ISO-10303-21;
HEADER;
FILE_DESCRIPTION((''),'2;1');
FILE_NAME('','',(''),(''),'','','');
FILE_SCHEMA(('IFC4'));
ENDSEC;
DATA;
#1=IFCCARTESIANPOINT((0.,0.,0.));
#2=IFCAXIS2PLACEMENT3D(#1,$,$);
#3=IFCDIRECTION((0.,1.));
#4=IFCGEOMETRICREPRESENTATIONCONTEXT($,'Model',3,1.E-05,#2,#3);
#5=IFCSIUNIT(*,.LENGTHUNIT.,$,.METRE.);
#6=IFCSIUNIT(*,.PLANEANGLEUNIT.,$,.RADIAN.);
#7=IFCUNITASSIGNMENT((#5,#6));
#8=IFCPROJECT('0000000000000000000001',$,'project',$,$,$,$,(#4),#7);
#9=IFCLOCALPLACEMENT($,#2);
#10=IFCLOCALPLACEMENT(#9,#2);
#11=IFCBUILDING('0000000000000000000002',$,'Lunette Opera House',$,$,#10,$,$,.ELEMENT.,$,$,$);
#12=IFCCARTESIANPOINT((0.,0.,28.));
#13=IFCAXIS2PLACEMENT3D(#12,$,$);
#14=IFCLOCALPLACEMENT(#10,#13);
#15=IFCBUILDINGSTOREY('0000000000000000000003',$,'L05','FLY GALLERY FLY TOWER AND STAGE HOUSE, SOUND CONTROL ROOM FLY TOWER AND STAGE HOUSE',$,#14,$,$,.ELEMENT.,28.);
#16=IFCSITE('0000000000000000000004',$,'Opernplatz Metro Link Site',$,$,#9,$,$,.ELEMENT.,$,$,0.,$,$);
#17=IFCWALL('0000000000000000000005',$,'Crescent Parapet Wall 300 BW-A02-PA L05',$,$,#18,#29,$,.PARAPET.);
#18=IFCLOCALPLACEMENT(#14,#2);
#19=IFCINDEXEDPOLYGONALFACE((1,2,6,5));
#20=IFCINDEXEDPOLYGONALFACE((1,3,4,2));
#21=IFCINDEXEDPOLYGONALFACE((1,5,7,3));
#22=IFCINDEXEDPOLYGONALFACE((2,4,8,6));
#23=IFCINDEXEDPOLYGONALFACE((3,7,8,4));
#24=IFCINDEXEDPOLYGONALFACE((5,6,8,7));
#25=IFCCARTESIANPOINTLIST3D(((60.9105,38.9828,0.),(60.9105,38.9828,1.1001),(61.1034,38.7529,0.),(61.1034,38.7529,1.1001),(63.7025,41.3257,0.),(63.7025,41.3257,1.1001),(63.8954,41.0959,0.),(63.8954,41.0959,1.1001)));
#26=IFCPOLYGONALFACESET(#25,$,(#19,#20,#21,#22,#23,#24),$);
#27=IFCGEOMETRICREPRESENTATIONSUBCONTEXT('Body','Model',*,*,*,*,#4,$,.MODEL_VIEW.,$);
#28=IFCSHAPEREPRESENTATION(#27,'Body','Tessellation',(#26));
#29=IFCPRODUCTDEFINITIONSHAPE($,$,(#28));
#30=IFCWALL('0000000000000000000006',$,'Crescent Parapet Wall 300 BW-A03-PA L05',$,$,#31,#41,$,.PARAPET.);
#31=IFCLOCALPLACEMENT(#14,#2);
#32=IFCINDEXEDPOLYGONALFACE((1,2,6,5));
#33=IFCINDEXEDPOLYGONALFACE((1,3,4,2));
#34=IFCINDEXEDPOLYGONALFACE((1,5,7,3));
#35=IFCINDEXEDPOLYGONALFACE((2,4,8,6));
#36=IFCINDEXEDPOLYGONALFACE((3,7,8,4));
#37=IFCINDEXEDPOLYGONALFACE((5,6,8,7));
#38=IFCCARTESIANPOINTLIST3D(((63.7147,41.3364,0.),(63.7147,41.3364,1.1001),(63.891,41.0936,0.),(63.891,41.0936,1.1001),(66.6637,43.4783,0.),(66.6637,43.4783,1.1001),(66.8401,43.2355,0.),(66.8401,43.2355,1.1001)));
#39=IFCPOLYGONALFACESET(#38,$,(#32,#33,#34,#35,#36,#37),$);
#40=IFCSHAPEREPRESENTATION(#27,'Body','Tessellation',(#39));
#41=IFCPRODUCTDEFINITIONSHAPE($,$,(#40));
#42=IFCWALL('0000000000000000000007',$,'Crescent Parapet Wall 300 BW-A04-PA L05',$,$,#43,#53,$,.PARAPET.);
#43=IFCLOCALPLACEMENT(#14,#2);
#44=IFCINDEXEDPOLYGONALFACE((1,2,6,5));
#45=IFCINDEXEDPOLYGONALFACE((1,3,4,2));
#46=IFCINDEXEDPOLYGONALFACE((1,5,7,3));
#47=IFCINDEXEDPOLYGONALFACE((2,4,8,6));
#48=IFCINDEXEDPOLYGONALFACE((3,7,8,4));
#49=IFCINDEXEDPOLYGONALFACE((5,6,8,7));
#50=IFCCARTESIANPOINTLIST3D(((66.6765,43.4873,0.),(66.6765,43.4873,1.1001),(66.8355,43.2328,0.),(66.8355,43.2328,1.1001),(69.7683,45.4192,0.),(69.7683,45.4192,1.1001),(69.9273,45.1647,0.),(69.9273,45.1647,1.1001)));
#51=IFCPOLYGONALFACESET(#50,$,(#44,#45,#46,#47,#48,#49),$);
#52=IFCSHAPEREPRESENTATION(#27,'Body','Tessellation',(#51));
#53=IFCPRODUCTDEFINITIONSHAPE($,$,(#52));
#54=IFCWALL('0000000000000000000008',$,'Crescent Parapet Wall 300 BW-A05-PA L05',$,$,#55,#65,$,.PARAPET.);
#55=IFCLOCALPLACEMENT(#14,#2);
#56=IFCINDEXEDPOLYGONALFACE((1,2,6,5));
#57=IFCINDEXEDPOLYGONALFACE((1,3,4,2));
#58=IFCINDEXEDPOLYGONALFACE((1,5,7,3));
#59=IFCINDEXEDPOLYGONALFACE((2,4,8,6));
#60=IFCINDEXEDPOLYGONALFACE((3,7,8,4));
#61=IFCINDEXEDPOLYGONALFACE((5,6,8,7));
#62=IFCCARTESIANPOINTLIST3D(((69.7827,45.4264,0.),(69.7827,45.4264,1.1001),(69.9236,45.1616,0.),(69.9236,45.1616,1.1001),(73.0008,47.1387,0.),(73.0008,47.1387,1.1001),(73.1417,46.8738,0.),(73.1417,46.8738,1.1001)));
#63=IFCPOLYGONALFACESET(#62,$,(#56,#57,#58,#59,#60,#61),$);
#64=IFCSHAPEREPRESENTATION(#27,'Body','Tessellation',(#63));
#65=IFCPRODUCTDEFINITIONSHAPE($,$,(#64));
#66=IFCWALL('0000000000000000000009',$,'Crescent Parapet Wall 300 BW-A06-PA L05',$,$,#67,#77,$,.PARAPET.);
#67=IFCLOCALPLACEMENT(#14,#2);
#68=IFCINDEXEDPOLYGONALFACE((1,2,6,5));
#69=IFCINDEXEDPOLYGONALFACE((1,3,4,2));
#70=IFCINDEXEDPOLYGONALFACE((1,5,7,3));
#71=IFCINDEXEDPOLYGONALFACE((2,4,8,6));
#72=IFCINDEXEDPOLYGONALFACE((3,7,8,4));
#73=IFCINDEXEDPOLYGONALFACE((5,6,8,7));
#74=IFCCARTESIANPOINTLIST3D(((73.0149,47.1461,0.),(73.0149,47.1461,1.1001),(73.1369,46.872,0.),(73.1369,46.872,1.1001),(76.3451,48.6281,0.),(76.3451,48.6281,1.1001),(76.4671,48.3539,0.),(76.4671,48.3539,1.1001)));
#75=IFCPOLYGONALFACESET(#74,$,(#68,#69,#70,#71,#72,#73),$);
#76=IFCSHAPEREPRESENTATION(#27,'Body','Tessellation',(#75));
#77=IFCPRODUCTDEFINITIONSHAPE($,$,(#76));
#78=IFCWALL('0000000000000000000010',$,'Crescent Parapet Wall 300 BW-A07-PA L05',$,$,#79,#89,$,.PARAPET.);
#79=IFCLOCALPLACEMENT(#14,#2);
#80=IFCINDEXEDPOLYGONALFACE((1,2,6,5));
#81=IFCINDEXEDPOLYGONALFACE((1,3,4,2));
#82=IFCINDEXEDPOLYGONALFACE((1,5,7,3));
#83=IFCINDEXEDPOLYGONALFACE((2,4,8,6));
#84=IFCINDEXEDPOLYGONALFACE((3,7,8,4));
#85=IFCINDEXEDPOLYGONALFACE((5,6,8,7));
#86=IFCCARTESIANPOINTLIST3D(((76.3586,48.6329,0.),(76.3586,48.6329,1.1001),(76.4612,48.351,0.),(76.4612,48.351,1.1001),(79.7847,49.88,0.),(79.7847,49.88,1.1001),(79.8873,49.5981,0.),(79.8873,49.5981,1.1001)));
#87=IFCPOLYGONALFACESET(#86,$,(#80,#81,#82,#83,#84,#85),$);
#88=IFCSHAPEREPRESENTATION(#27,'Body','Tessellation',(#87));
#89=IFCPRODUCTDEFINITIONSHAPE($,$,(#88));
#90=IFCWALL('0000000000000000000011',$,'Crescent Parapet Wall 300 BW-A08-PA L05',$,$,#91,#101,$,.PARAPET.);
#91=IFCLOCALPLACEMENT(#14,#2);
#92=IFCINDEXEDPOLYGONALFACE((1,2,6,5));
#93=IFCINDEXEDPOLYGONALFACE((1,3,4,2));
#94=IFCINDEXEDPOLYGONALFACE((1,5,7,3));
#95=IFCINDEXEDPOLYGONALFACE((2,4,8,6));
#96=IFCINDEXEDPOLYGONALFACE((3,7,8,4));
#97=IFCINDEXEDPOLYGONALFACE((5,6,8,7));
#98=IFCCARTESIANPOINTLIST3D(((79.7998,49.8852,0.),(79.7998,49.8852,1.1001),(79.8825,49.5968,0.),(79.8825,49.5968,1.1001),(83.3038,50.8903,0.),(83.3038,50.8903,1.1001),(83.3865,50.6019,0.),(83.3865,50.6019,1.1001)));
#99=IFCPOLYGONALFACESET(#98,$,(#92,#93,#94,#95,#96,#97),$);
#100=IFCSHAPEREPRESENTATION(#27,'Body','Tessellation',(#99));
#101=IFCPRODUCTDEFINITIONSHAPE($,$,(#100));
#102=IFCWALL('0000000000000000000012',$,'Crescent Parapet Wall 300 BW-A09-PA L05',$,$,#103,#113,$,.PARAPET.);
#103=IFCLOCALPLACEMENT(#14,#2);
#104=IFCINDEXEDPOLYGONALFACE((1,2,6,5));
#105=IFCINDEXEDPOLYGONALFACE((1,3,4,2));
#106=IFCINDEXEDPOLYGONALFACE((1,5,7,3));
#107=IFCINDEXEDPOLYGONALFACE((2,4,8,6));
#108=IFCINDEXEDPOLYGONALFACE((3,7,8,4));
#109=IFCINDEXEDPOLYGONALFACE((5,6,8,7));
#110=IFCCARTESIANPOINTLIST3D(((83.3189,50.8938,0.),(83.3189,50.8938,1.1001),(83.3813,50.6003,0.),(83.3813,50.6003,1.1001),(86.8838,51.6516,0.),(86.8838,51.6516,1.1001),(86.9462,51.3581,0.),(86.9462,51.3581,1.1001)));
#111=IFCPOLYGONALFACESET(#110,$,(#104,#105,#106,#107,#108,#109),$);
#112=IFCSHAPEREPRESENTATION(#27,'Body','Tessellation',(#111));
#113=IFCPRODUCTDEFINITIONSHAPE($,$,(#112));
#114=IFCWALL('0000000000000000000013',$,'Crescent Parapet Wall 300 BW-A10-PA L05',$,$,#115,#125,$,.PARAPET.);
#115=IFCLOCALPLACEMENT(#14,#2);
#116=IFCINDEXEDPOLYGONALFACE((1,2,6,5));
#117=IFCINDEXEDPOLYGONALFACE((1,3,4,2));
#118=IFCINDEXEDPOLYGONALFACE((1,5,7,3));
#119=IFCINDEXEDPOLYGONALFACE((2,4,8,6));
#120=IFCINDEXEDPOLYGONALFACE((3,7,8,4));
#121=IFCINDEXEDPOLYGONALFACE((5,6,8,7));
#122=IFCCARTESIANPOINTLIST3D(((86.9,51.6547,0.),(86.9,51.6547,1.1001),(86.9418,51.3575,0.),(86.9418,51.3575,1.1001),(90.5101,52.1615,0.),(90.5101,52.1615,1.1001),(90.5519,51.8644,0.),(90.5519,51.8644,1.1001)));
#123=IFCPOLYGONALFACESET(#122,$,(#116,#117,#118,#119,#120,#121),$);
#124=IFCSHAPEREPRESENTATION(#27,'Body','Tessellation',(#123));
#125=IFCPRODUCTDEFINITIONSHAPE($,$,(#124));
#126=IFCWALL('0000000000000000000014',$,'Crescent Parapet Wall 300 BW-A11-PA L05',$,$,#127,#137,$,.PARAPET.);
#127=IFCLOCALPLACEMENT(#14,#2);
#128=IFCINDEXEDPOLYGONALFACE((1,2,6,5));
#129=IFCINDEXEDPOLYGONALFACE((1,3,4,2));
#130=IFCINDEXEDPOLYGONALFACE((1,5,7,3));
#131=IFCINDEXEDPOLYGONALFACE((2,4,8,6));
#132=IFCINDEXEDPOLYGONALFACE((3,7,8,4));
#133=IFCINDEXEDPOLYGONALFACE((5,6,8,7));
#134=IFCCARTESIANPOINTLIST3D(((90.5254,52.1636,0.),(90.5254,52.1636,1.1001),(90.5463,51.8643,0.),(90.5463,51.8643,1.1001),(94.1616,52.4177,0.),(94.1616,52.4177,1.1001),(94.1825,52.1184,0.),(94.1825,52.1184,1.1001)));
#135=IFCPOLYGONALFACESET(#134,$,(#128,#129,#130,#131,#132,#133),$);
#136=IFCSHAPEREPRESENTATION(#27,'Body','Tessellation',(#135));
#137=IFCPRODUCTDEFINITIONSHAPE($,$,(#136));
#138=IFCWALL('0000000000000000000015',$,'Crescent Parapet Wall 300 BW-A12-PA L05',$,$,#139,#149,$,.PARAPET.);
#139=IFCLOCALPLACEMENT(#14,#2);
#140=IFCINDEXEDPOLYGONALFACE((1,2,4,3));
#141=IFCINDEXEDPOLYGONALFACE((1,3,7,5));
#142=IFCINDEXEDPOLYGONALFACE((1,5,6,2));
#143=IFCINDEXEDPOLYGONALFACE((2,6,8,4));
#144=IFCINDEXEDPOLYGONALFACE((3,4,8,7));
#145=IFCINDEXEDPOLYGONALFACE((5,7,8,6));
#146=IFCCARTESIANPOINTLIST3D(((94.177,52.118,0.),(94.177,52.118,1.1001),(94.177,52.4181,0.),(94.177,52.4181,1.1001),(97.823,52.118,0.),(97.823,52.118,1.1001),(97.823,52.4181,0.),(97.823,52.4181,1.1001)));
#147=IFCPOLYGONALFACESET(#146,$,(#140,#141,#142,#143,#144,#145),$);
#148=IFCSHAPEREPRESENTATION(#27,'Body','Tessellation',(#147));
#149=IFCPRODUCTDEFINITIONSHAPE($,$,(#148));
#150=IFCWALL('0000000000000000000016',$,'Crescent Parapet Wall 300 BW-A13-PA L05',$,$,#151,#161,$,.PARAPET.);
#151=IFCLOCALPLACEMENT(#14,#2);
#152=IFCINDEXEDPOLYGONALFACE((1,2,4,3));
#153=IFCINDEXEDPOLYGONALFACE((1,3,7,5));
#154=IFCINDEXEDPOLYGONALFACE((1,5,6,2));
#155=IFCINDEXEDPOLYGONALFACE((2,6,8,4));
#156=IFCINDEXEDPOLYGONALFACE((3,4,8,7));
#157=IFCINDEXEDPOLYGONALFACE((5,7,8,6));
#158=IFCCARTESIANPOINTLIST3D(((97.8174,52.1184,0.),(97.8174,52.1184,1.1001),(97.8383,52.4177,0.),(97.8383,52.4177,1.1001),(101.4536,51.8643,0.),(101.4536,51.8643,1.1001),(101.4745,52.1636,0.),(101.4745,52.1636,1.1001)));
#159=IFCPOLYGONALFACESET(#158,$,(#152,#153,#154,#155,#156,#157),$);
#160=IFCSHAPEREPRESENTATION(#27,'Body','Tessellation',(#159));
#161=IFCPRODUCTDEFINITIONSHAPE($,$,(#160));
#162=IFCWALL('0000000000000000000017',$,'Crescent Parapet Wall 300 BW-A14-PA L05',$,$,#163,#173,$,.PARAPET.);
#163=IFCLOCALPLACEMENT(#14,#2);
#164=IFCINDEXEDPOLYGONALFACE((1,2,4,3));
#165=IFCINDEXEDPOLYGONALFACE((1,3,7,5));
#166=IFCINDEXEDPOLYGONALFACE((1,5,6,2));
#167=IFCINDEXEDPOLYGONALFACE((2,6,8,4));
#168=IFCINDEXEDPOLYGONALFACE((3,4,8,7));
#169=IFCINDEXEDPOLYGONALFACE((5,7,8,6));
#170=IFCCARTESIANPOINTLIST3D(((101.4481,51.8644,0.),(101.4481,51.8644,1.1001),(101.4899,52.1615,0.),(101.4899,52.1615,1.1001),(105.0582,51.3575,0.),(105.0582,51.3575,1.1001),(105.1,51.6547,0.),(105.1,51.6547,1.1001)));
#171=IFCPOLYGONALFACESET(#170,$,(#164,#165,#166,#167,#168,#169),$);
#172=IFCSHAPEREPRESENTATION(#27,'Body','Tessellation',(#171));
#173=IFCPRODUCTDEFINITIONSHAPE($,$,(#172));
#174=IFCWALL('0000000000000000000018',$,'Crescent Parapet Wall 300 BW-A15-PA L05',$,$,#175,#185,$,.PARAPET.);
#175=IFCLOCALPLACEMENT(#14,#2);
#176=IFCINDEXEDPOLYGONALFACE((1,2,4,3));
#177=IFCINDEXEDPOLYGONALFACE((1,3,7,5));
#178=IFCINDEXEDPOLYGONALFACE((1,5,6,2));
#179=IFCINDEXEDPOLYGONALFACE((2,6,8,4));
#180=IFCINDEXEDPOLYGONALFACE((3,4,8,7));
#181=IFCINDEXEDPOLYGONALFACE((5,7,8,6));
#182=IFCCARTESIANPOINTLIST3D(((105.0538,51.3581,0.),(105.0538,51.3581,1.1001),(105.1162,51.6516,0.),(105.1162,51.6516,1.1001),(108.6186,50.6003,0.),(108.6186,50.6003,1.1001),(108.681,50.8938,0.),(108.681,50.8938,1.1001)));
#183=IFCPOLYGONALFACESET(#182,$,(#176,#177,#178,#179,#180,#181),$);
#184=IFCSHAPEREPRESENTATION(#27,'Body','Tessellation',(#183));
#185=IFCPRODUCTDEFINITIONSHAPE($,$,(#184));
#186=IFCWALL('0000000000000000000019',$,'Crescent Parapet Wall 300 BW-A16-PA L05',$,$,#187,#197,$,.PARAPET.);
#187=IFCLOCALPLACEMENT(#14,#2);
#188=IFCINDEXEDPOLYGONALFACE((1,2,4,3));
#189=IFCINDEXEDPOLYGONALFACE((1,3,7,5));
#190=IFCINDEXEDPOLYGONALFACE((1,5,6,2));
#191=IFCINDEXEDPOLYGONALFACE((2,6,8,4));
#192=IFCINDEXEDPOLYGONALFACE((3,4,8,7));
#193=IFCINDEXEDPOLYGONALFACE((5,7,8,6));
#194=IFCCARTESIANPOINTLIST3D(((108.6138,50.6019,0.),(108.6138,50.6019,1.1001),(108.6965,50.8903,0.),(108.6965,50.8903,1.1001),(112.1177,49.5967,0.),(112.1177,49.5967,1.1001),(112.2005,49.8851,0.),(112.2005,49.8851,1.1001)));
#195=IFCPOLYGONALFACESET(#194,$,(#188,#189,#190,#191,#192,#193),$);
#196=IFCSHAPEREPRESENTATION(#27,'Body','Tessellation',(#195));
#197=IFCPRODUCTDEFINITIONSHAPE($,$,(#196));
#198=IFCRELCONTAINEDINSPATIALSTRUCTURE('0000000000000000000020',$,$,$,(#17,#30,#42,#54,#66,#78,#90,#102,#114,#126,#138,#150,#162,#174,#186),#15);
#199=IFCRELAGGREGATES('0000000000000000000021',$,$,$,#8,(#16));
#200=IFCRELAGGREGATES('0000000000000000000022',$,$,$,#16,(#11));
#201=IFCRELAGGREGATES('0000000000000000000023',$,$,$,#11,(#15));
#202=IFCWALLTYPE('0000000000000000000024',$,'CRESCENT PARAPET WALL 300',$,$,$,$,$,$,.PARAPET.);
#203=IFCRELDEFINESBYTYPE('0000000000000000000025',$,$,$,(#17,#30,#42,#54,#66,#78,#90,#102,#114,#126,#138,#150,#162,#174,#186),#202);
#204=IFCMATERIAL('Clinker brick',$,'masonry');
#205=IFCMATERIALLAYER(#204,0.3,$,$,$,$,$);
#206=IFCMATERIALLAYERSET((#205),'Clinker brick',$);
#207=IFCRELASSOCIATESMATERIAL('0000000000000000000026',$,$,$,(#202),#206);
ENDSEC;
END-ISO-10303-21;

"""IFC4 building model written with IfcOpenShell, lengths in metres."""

from ifc_helpers import new_model, si_unit, direction, frame, frame_2d, origin, place, context, subcontext, project, spatial, rectangle, extrude, material, layer, layer_set, type_object, element, save


model = new_model("IFC4")

# Units and contexts
model_context = context("Model", 3, precision=1e-05, world=origin(), true_north=direction((0.0, 1.0)))
body_context = subcontext(model_context, "Body", "Model", "MODEL_VIEW")
ifc_project = project(units=[si_unit("LENGTHUNIT", "METRE"), si_unit("PLANEANGLEUNIT", "RADIAN")], contexts=[model_context])

# Site, building, storey
site_placement = place(None, origin())
site = spatial("IfcSite", under=ifc_project, at=site_placement, Name="Opernplatz Metro Link Site", CompositionType="ELEMENT", RefElevation=0.0)
building_placement = place(site_placement, origin())
building = spatial("IfcBuilding", under=site, at=building_placement, Name="Lunette Opera House", CompositionType="ELEMENT")
storey_placement = place(building_placement, frame((0.0, 0.0, 28.0)))
storey = spatial("IfcBuildingStorey", under=building, at=storey_placement, Name="L05", Description="FLY GALLERY FLY TOWER AND STAGE HOUSE, SOUND CONTROL ROOM FLY TOWER AND STAGE HOUSE", CompositionType="ELEMENT", Elevation=28.0)

# Walls
ifc_material = material(Name="Clinker brick", Category="masonry")
ifc_layer = layer(ifc_material, 0.3)
ifc_layer_set = layer_set([ifc_layer], Name="Clinker brick")
wall_type = type_object("IfcWallType", Name="CRESCENT PARAPET WALL 300", PredefinedType="PARAPET", material=ifc_layer_set)
for number, where, z_axis, x_axis, name in (
    (1, (61.0071, 38.8679, 0.0), (0.0, 0.0, 1.0), (0.76601, 0.642829, 0.0), "Crescent Parapet Wall 300 BW-A02-PA L05"),
    (2, (63.803, 41.2151, 0.0), (0.0, 0.0, 1.0), (0.80911, 0.587658, 0.0), "Crescent Parapet Wall 300 BW-A03-PA L05"),
):
    element("IfcWall", number, at=place(storey_placement, frame(where, z_axis=z_axis, x_axis=x_axis)), inside=storey, type_object=wall_type, Name=name, PredefinedType="PARAPET", context=body_context, shape_type="SweptSolid", body=[
        extrude(rectangle(XDim=3.6448, YDim=0.3, at=frame_2d((1.8223, 0.0))), origin(), (0.0, 0.0, 1.0), 1.1001),
    ])
wall_1_placement = place(storey_placement, frame((66.7561, 43.3601, 0.0), z_axis=(0.0, 0.0, 1.0), x_axis=(0.848058, 0.529903, 0.0)))
element("IfcWall", 3, at=wall_1_placement, inside=storey, type_object=wall_type, Name="Crescent Parapet Wall 300 BW-A04-PA L05", PredefinedType="PARAPET", context=body_context, shape_type="SweptSolid", body=[
    extrude(rectangle(XDim=3.6458, YDim=0.3, at=frame_2d((1.8228, 0.0))), origin(), (0.0, 0.0, 1.0), 1.1001),
])
wall_2_placement = place(storey_placement, frame((69.853, 45.2939, 0.0), z_axis=(0.0, 0.0, 1.0), x_axis=(0.882822, 0.469708, 0.0)))
element("IfcWall", 4, at=wall_2_placement, inside=storey, type_object=wall_type, Name="Crescent Parapet Wall 300 BW-A05-PA L05", PredefinedType="PARAPET", context=body_context, shape_type="SweptSolid", body=[
    extrude(rectangle(XDim=3.6453, YDim=0.3, at=frame_2d((1.8228, 0.0))), origin(), (0.0, 0.0, 1.0), 1.1001),
])
wall_3_placement = place(storey_placement, frame((73.0759, 47.009, 0.0), z_axis=(0.0, 0.0, 1.0), x_axis=(0.913618, 0.406573, 0.0)))
element("IfcWall", 5, at=wall_3_placement, inside=storey, type_object=wall_type, Name="Crescent Parapet Wall 300 BW-A06-PA L05", PredefinedType="PARAPET", context=body_context, shape_type="SweptSolid", body=[
    extrude(rectangle(XDim=3.645, YDim=0.3, at=frame_2d((1.8225, 0.0))), origin(), (0.0, 0.0, 1.0), 1.1001),
])
wall_4_placement = place(storey_placement, frame((76.4099, 48.4919, 0.0), z_axis=(0.0, 0.0, 1.0), x_axis=(0.939684, 0.342044, 0.0)))
element("IfcWall", 6, at=wall_4_placement, inside=storey, type_object=wall_type, Name="Crescent Parapet Wall 300 BW-A07-PA L05", PredefinedType="PARAPET", context=body_context, shape_type="SweptSolid", body=[
    extrude(rectangle(XDim=3.646, YDim=0.3, at=frame_2d((1.823, 0.0))), origin(), (0.0, 0.0, 1.0), 1.1001),
])
wall_5_placement = place(storey_placement, frame((79.8411, 49.741, 0.0), z_axis=(0.0, 0.0, 1.0), x_axis=(0.961233, 0.275738, 0.0)))
element("IfcWall", 7, at=wall_5_placement, inside=storey, type_object=wall_type, Name="Crescent Parapet Wall 300 BW-A08-PA L05", PredefinedType="PARAPET", context=body_context, shape_type="SweptSolid", body=[
    extrude(rectangle(XDim=3.6453, YDim=0.3, at=frame_2d((1.8228, 0.0))), origin(), (0.0, 0.0, 1.0), 1.1001),
])
wall_6_placement = place(storey_placement, frame((83.3501, 50.7471, 0.0), z_axis=(0.0, 0.0, 1.0), x_axis=(0.978144, 0.207928, 0.0)))
element("IfcWall", 8, at=wall_6_placement, inside=storey, type_object=wall_type, Name="Crescent Parapet Wall 300 BW-A09-PA L05", PredefinedType="PARAPET", context=body_context, shape_type="SweptSolid", body=[
    extrude(rectangle(XDim=3.6445, YDim=0.3, at=frame_2d((1.8223, 0.0))), origin(), (0.0, 0.0, 1.0), 1.1001),
])
wall_7_placement = place(storey_placement, frame((86.9209, 51.5061, 0.0), z_axis=(0.0, 0.0, 1.0), x_axis=(0.990288, 0.13903, 0.0)))
element("IfcWall", 9, at=wall_7_placement, inside=storey, type_object=wall_type, Name="Crescent Parapet Wall 300 BW-A10-PA L05", PredefinedType="PARAPET", context=body_context, shape_type="SweptSolid", body=[
    extrude(rectangle(XDim=3.6455, YDim=0.3, at=frame_2d((1.8228, 0.0))), origin(), (0.0, 0.0, 1.0), 1.1001),
])
wall_8_placement = place(storey_placement, frame((90.5359, 52.0139, 0.0), z_axis=(0.0, 0.0, 1.0), x_axis=(0.997566, 0.069724, 0.0)))
element("IfcWall", 10, at=wall_8_placement, inside=storey, type_object=wall_type, Name="Crescent Parapet Wall 300 BW-A11-PA L05", PredefinedType="PARAPET", context=body_context, shape_type="SweptSolid", body=[
    extrude(rectangle(XDim=3.645, YDim=0.3, at=frame_2d((1.8225, 0.0))), origin(), (0.0, 0.0, 1.0), 1.1001),
])
wall_9_placement = place(storey_placement, frame((94.177, 52.2681, 0.0), z_axis=(0.0, 0.0, 1.0), x_axis=(1.0, 0.0, 0.0)))
element("IfcWall", 11, at=wall_9_placement, inside=storey, type_object=wall_type, Name="Crescent Parapet Wall 300 BW-A12-PA L05", PredefinedType="PARAPET", context=body_context, shape_type="SweptSolid", body=[
    extrude(rectangle(XDim=3.646, YDim=0.3, at=frame_2d((1.823, 0.0))), origin(), (0.0, 0.0, 1.0), 1.1001),
])
wall_10_placement = place(storey_placement, frame((97.8279, 52.2681, 0.0), z_axis=(0.0, 0.0, 1.0), x_axis=(0.997566, -0.069724, 0.0)))
element("IfcWall", 12, at=wall_10_placement, inside=storey, type_object=wall_type, Name="Crescent Parapet Wall 300 BW-A13-PA L05", PredefinedType="PARAPET", context=body_context, shape_type="SweptSolid", body=[
    extrude(rectangle(XDim=3.645, YDim=0.3, at=frame_2d((1.8225, 0.0))), origin(), (0.0, 0.0, 1.0), 1.1001),
])
wall_11_placement = place(storey_placement, frame((101.469, 52.0129, 0.0), z_axis=(0.0, 0.0, 1.0), x_axis=(0.990288, -0.13903, 0.0)))
element("IfcWall", 13, at=wall_11_placement, inside=storey, type_object=wall_type, Name="Crescent Parapet Wall 300 BW-A14-PA L05", PredefinedType="PARAPET", context=body_context, shape_type="SweptSolid", body=[
    extrude(rectangle(XDim=3.6455, YDim=0.3, at=frame_2d((1.8228, 0.0))), origin(), (0.0, 0.0, 1.0), 1.1001),
])
wall_12_placement = place(storey_placement, frame((105.085, 51.5049, 0.0), z_axis=(0.0, 0.0, 1.0), x_axis=(0.978144, -0.207928, 0.0)))
element("IfcWall", 14, at=wall_12_placement, inside=storey, type_object=wall_type, Name="Crescent Parapet Wall 300 BW-A15-PA L05", PredefinedType="PARAPET", context=body_context, shape_type="SweptSolid", body=[
    extrude(rectangle(XDim=3.6445, YDim=0.3, at=frame_2d((1.8223, 0.0))), origin(), (0.0, 0.0, 1.0), 1.1001),
])
wall_13_placement = place(storey_placement, frame((108.655, 50.7461, 0.0), z_axis=(0.0, 0.0, 1.0), x_axis=(0.961233, -0.275738, 0.0)))
element("IfcWall", 15, at=wall_13_placement, inside=storey, type_object=wall_type, Name="Crescent Parapet Wall 300 BW-A16-PA L05", PredefinedType="PARAPET", context=body_context, shape_type="SweptSolid", body=[
    extrude(rectangle(XDim=3.6453, YDim=0.3, at=frame_2d((1.8228, 0.0))), origin(), (0.0, 0.0, 1.0), 1.1001),
])

save(model, "model.ifc")
